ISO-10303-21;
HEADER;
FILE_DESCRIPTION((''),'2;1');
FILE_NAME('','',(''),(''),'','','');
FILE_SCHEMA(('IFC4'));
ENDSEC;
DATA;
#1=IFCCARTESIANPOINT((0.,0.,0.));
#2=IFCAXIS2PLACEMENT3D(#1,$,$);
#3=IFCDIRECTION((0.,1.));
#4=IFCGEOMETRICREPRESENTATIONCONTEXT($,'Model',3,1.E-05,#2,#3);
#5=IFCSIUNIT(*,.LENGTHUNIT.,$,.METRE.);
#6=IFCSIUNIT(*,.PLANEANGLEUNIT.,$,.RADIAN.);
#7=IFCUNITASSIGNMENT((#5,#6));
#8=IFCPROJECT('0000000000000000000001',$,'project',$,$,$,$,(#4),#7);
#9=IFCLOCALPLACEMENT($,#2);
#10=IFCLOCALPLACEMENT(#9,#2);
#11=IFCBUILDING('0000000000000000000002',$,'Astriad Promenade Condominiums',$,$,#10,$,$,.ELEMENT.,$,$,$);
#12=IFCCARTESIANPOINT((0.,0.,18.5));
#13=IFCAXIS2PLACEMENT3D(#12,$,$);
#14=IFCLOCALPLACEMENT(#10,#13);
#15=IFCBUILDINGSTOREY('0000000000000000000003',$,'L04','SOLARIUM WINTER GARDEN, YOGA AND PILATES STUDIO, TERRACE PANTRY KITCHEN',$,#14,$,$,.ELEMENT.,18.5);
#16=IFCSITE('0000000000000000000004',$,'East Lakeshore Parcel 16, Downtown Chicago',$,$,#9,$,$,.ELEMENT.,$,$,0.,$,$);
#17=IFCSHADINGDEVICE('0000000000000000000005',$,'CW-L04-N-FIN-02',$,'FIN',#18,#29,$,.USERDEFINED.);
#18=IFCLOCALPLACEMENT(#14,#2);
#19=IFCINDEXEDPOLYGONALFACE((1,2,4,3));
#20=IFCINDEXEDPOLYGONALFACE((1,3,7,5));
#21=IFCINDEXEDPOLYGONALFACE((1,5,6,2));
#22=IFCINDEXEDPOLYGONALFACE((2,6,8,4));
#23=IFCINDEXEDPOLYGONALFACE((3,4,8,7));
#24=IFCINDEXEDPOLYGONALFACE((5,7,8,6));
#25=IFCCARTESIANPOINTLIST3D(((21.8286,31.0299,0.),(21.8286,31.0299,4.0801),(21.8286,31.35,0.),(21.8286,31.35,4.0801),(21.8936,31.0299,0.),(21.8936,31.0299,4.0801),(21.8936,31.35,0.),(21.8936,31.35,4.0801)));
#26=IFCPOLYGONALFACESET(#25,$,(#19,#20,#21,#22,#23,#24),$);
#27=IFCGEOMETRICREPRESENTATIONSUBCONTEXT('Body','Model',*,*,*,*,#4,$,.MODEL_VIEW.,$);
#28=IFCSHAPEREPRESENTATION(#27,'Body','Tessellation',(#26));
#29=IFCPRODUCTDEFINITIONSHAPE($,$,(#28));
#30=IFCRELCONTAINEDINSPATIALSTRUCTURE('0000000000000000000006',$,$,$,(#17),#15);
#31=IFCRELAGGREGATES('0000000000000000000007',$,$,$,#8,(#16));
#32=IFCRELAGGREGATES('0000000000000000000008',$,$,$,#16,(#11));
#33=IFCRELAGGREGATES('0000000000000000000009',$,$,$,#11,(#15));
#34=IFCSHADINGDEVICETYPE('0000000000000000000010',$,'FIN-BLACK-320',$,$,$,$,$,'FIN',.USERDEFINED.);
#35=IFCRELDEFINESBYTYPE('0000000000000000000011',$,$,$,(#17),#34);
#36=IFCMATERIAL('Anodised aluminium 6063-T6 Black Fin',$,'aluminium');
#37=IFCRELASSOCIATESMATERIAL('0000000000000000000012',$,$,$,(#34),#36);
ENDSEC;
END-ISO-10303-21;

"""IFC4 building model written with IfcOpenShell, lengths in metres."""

from ifc_helpers import new_model, si_unit, direction, frame, origin, origin_2d, place, context, subcontext, project, spatial, rectangle, extrude, source, transform, mapped, material, type_object, type_shapes, element, save


model = new_model("IFC4")

# Units and contexts
model_context = context("Model", 3, precision=1e-05, world=origin(), true_north=direction((0.0, 1.0)))
body_context = subcontext(model_context, "Body", "Model", "MODEL_VIEW")
ifc_project = project(units=[si_unit("LENGTHUNIT", "METRE"), si_unit("PLANEANGLEUNIT", "RADIAN")], contexts=[model_context])

# Site, building, storey
site_placement = place(None, origin())
site = spatial("IfcSite", under=ifc_project, at=site_placement, Name="East Lakeshore Parcel 16, Downtown Chicago", CompositionType="ELEMENT", RefElevation=0.0)
building_placement = place(site_placement, origin())
building = spatial("IfcBuilding", under=site, at=building_placement, Name="Astriad Promenade Condominiums", CompositionType="ELEMENT")
storey_placement = place(building_placement, frame((0.0, 0.0, 18.5)))
storey = spatial("IfcBuildingStorey", under=building, at=storey_placement, Name="L04", Description="SOLARIUM WINTER GARDEN, YOGA AND PILATES STUDIO, TERRACE PANTRY KITCHEN", CompositionType="ELEMENT", Elevation=18.5)

# Shading device
ifc_material_1 = material(Name="Anodised aluminium 6063-T6 Black Fin", Category="aluminium")
shading_device_type = type_object("IfcShadingDeviceType", Name="FIN-BLACK-320", ElementType="FIN", PredefinedType="USERDEFINED", material=ifc_material_1)
shared_shape_1 = source(origin(), body_context, "Body", "SweptSolid", [
    extrude(rectangle(XDim=0.0649, YDim=0.3201, at=origin_2d()), origin(), (0.0, 0.0, 1.0), 4.0801),
])
type_shapes(shading_device_type, [shared_shape_1])
shading_device_placement = place(storey_placement, frame((21.8611, 31.1899, 0.0), z_axis=(0.0, 0.0, 1.0), x_axis=(1.0, 0.0, 0.0)))
element("IfcShadingDevice", 1, at=shading_device_placement, inside=storey, type_object=shading_device_type, Name="CW-L04-N-FIN-02", ObjectType="FIN", PredefinedType="USERDEFINED", context=body_context, shape_type="MappedRepresentation", body=[
    mapped(shared_shape_1, transform((0.0, 0.0, 0.0), scale=1.0)),
])

save(model, "model.ifc")
